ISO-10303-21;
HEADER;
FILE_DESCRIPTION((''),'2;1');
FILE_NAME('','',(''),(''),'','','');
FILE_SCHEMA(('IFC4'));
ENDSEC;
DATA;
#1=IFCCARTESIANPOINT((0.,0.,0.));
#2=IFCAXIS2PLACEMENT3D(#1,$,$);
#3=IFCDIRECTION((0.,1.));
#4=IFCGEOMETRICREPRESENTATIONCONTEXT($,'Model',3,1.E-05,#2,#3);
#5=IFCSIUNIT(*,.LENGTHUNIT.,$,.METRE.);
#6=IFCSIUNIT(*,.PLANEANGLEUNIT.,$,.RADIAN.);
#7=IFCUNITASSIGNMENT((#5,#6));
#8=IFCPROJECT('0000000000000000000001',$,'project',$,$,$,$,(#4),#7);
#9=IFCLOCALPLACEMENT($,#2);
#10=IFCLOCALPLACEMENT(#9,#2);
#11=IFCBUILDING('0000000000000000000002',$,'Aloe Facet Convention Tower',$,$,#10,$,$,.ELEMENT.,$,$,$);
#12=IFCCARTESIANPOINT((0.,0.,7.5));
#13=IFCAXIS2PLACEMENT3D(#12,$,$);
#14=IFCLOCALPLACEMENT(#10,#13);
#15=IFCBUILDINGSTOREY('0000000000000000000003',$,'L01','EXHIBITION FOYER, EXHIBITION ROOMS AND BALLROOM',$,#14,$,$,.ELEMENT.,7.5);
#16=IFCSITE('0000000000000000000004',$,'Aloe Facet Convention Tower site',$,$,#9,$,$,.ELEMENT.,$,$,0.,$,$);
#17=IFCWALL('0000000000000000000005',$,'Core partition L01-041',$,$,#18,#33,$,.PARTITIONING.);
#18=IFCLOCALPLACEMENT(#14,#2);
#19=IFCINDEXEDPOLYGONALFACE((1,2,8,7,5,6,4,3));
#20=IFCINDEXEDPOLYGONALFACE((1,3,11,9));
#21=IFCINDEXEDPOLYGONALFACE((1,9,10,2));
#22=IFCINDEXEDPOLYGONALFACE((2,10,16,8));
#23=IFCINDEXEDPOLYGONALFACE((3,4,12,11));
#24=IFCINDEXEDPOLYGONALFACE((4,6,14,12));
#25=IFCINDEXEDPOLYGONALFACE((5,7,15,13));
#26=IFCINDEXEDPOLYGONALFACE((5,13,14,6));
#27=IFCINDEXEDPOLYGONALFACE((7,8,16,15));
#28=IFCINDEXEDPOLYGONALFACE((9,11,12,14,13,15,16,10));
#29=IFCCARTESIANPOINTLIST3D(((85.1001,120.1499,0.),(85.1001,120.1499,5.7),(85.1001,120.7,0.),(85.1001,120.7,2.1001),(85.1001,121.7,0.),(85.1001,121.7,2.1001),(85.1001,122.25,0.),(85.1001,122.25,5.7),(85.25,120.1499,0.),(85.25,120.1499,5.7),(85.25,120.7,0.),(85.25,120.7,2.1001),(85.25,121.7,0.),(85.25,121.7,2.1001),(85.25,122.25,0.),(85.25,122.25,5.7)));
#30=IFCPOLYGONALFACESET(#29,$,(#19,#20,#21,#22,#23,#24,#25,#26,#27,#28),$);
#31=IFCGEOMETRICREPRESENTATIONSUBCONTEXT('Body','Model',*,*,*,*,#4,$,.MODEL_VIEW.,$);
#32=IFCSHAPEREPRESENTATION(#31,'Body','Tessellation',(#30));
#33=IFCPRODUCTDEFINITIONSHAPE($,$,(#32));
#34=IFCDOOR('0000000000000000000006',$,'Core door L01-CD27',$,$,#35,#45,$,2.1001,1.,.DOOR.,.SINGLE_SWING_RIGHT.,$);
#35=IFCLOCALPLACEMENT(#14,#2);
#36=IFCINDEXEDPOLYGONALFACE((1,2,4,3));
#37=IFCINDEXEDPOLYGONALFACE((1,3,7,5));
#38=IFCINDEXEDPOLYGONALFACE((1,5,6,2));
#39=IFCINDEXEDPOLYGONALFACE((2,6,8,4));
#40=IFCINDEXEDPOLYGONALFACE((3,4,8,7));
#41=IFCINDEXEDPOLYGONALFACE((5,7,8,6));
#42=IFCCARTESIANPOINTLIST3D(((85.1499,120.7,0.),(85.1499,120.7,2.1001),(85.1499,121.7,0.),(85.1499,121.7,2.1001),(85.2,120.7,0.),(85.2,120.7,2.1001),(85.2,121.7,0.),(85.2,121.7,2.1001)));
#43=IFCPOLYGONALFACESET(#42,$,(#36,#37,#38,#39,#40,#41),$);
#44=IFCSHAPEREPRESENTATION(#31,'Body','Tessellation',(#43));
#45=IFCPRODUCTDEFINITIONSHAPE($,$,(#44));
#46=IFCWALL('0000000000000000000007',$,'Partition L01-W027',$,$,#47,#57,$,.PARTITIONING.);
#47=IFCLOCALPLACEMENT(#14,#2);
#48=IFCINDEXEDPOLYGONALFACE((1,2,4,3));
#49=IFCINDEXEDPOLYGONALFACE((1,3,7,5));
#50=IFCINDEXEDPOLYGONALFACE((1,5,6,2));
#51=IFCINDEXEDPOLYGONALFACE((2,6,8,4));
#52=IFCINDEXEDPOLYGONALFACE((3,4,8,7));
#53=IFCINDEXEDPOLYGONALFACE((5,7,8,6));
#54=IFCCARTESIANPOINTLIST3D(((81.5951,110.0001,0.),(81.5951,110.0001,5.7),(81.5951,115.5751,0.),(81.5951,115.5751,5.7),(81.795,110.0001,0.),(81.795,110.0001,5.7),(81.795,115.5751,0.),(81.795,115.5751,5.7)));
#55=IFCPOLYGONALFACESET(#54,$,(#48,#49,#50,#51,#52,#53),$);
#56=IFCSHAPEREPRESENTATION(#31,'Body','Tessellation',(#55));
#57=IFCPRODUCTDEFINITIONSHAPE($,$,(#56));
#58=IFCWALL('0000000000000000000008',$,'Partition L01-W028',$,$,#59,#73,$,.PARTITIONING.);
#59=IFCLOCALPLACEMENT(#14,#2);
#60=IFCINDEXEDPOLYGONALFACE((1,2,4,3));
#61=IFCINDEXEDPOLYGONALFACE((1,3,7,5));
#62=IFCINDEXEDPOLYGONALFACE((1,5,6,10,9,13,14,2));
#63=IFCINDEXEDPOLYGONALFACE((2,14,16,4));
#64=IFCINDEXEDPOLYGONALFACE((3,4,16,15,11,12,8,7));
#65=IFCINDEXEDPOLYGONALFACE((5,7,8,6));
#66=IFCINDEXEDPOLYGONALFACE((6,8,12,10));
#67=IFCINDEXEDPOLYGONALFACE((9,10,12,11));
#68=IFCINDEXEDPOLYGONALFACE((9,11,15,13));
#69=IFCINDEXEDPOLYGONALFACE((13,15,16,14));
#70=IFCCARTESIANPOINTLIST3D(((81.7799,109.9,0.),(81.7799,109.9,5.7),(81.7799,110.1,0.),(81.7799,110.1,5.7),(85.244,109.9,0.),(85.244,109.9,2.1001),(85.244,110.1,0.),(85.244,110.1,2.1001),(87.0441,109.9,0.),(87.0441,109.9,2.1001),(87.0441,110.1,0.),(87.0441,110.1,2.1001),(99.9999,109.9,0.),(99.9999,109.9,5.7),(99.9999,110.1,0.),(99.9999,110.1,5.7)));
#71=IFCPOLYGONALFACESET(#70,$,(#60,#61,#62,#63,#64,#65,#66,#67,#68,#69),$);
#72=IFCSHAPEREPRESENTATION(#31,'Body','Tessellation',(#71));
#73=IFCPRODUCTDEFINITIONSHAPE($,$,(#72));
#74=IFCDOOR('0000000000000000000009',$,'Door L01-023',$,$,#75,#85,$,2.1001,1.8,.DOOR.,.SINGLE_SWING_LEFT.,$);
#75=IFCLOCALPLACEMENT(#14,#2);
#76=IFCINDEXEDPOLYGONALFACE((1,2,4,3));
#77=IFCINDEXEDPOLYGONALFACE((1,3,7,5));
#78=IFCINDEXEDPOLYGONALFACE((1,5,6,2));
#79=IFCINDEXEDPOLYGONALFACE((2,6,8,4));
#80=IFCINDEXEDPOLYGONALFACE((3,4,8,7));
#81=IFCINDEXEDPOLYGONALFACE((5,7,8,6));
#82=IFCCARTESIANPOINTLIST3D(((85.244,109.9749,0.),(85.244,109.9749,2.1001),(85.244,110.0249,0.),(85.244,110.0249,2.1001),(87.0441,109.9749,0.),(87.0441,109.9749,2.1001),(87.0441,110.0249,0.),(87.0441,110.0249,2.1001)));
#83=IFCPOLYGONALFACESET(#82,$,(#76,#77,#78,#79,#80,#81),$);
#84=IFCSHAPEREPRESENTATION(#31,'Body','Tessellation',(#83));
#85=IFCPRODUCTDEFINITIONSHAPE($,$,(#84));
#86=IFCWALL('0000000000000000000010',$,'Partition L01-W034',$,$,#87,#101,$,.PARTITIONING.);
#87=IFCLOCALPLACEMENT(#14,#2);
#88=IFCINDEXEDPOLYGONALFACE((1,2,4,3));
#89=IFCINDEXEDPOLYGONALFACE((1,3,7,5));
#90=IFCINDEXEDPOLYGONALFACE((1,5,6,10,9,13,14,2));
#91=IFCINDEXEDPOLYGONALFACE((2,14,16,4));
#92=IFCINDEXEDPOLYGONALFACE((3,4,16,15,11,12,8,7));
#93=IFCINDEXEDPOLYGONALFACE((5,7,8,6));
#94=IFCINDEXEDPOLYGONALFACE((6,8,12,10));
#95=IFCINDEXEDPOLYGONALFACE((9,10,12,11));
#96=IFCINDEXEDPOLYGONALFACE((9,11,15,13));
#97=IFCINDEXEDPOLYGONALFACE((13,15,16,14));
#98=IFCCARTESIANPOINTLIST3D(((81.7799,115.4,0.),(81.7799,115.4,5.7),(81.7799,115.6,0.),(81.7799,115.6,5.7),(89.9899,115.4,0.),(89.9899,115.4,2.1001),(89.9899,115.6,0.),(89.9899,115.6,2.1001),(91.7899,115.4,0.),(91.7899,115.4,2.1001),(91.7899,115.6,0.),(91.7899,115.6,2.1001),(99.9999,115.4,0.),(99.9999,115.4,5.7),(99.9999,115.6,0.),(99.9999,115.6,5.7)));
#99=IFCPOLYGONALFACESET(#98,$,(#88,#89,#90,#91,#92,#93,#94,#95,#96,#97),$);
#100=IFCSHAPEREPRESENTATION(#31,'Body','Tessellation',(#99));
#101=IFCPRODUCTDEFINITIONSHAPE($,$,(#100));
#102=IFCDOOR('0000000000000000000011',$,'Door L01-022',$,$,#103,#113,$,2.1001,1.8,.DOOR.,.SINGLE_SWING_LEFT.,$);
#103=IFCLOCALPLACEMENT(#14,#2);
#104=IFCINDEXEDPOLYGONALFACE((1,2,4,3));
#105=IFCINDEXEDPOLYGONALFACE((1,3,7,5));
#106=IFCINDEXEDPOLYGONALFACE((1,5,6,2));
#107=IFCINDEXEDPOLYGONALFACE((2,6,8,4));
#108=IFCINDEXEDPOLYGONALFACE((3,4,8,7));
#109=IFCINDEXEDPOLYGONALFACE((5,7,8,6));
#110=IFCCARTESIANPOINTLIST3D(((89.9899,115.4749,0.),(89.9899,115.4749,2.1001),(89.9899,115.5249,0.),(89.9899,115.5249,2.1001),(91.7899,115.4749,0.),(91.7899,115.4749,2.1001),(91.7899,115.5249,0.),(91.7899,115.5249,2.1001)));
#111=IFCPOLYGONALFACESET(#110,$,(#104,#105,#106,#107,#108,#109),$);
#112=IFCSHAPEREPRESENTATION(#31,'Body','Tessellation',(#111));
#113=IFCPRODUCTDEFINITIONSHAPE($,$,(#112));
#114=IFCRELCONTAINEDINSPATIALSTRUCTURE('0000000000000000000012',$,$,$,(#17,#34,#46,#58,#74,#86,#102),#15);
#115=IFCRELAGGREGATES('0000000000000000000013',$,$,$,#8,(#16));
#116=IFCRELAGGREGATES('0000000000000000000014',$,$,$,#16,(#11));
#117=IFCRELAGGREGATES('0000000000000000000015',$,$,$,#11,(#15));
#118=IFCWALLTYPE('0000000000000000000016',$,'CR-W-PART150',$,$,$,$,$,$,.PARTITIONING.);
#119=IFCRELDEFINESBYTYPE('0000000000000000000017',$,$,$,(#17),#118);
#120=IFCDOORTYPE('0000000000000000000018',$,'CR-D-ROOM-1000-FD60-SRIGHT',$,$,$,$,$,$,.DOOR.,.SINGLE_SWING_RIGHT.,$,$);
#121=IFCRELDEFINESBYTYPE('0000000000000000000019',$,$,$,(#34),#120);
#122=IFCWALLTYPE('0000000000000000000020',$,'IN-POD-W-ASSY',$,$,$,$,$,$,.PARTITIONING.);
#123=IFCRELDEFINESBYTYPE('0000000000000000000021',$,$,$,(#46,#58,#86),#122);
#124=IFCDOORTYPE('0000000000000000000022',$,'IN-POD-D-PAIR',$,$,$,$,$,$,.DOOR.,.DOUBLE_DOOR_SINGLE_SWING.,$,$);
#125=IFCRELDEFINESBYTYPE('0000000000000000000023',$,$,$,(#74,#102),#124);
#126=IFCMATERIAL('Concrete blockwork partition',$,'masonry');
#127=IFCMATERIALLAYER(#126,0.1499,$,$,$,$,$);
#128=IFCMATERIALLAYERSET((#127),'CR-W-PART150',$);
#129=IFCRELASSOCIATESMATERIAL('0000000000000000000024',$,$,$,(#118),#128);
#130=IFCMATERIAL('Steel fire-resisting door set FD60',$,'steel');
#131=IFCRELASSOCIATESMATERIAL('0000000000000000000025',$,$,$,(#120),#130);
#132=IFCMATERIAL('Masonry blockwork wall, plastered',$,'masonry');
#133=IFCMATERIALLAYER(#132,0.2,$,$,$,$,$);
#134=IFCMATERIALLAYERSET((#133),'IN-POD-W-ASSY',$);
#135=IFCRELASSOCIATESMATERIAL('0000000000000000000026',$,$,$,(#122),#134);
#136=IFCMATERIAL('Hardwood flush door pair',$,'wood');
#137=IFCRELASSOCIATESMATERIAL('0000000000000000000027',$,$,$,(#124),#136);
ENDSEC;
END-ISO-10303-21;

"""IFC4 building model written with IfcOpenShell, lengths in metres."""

from ifc_helpers import new_model, si_unit, direction, frame, frame_2d, origin, place, context, subcontext, project, spatial, rectangle, extrude, material, layer, layer_set, type_object, element, fill, save


model = new_model("IFC4")

# Units and contexts
model_context = context("Model", 3, precision=1e-05, world=origin(), true_north=direction((0.0, 1.0)))
body_context = subcontext(model_context, "Body", "Model", "MODEL_VIEW")
ifc_project = project(units=[si_unit("LENGTHUNIT", "METRE"), si_unit("PLANEANGLEUNIT", "RADIAN")], contexts=[model_context])

# Site, building, storey
site_placement = place(None, origin())
site = spatial("IfcSite", under=ifc_project, at=site_placement, Name="Aloe Facet Convention Tower site", CompositionType="ELEMENT", RefElevation=0.0)
building_placement = place(site_placement, origin())
building = spatial("IfcBuilding", under=site, at=building_placement, Name="Aloe Facet Convention Tower", CompositionType="ELEMENT")
storey_placement = place(building_placement, frame((0.0, 0.0, 7.5)))
storey = spatial("IfcBuildingStorey", under=building, at=storey_placement, Name="L01", Description="EXHIBITION FOYER, EXHIBITION ROOMS AND BALLROOM", CompositionType="ELEMENT", Elevation=7.5)

# Shared definitions
ifc_material_1 = material(Name="Concrete blockwork partition", Category="masonry")
ifc_layer_1 = layer(ifc_material_1, 0.1499)
ifc_layer_set_1 = layer_set([ifc_layer_1], Name="CR-W-PART150")
wall_type_1 = type_object("IfcWallType", Name="CR-W-PART150", PredefinedType="PARTITIONING", material=ifc_layer_set_1)

# Wall, opening, door
wall_1_placement = place(storey_placement, frame((85.175, 122.25, 0.0), z_axis=(0.0, 0.0, 1.0), x_axis=(0.0, -1.0, 0.0)))
wall_1 = element("IfcWall", 1, at=wall_1_placement, inside=storey, type_object=wall_type_1, Name="Core partition L01-041", PredefinedType="PARTITIONING", context=body_context, shape_type="SweptSolid", body=[
    extrude(rectangle(XDim=2.1001, YDim=0.1499, at=frame_2d((1.05, 0.0))), origin(), (0.0, 0.0, 1.0), 5.7),
])
opening_1_placement = place(wall_1_placement, frame((0.55, 0.0, 0.0)))
opening_1 = element("IfcOpeningElement", 2, at=opening_1_placement, cuts=wall_1, PredefinedType="OPENING", context=body_context, shape_type="SweptSolid", body=[
    extrude(rectangle(XDim=1.0, YDim=2.1001, at=frame_2d((0.5, 1.05))), frame((0.0, 0.085, 0.0), z_axis=(0.0, -1.0, 0.0), x_axis=(1.0, 0.0, 0.0)), (0.0, 0.0, 1.0), 0.1699),
])
ifc_material_2 = material(Name="Steel fire-resisting door set FD60", Category="steel")
door_type_1 = type_object("IfcDoorType", Name="CR-D-ROOM-1000-FD60-SRIGHT", OperationType="SINGLE_SWING_RIGHT", PredefinedType="DOOR", material=ifc_material_2)
door_1_placement = place(opening_1_placement, origin())
door_1 = element("IfcDoor", 3, at=door_1_placement, inside=storey, type_object=door_type_1, Name="Core door L01-CD27", OperationType="SINGLE_SWING_RIGHT", OverallHeight=2.1001, OverallWidth=1.0, PredefinedType="DOOR", context=body_context, shape_type="SweptSolid", body=[
    extrude(rectangle(XDim=1.0, YDim=2.1001, at=frame_2d((0.5, 1.05))), frame((0.0, 0.0249, 0.0), z_axis=(0.0, -1.0, 0.0), x_axis=(1.0, 0.0, 0.0)), (0.0, 0.0, 1.0), 0.05),
])
fill(opening_1, door_1)

# Wall
ifc_material_3 = material(Name="Masonry blockwork wall, plastered", Category="masonry")
ifc_layer_2 = layer(ifc_material_3, 0.2)
ifc_layer_set_2 = layer_set([ifc_layer_2], Name="IN-POD-W-ASSY")
wall_type_2 = type_object("IfcWallType", Name="IN-POD-W-ASSY", PredefinedType="PARTITIONING", material=ifc_layer_set_2)
wall_2_placement = place(storey_placement, frame((81.6951, 110.0, 0.0), z_axis=(0.0, 0.0, 1.0), x_axis=(0.0, 1.0, 0.0)))
element("IfcWall", 4, at=wall_2_placement, inside=storey, type_object=wall_type_2, Name="Partition L01-W027", PredefinedType="PARTITIONING", context=body_context, shape_type="SweptSolid", body=[
    extrude(rectangle(XDim=5.575, YDim=0.2, at=frame_2d((2.7876, 0.0))), origin(), (0.0, 0.0, 1.0), 5.7),
])

# Walls, openings, doors
wall_3_placement = place(storey_placement, frame((81.78, 110.0, 0.0), z_axis=(0.0, 0.0, 1.0), x_axis=(1.0, 0.0, 0.0)))
wall_3 = element("IfcWall", 5, at=wall_3_placement, inside=storey, type_object=wall_type_2, Name="Partition L01-W028", PredefinedType="PARTITIONING", context=body_context, shape_type="SweptSolid", body=[
    extrude(rectangle(XDim=18.22, YDim=0.2, at=frame_2d((9.1099, 0.0))), origin(), (0.0, 0.0, 1.0), 5.7),
])
opening_2_placement = place(wall_3_placement, frame((3.4641, 0.0, 0.0)))
opening_2 = element("IfcOpeningElement", 6, at=opening_2_placement, cuts=wall_3, PredefinedType="OPENING", context=body_context, shape_type="SweptSolid", body=[
    extrude(rectangle(XDim=1.8, YDim=2.1001, at=frame_2d((0.8999, 1.05))), frame((0.0, 0.1099, 0.0), z_axis=(0.0, -1.0, 0.0), x_axis=(1.0, 0.0, 0.0)), (0.0, 0.0, 1.0), 0.22),
])
ifc_material_4 = material(Name="Hardwood flush door pair", Category="wood")
door_type_2 = type_object("IfcDoorType", Name="IN-POD-D-PAIR", OperationType="DOUBLE_DOOR_SINGLE_SWING", PredefinedType="DOOR", material=ifc_material_4)
door_2_placement = place(opening_2_placement, origin())
door_2 = element("IfcDoor", 7, at=door_2_placement, inside=storey, type_object=door_type_2, Name="Door L01-023", OperationType="SINGLE_SWING_LEFT", OverallHeight=2.1001, OverallWidth=1.8, PredefinedType="DOOR", context=body_context, shape_type="SweptSolid", body=[
    extrude(rectangle(XDim=1.8, YDim=2.1001, at=frame_2d((0.8999, 1.05))), frame((0.0, 0.0249, 0.0), z_axis=(0.0, -1.0, 0.0), x_axis=(1.0, 0.0, 0.0)), (0.0, 0.0, 1.0), 0.05),
])
fill(opening_2, door_2)
wall_4_placement = place(storey_placement, frame((81.78, 115.5, 0.0), z_axis=(0.0, 0.0, 1.0), x_axis=(1.0, 0.0, 0.0)))
wall_4 = element("IfcWall", 8, at=wall_4_placement, inside=storey, type_object=wall_type_2, Name="Partition L01-W034", PredefinedType="PARTITIONING", context=body_context, shape_type="SweptSolid", body=[
    extrude(rectangle(XDim=18.22, YDim=0.2, at=frame_2d((9.1099, 0.0))), origin(), (0.0, 0.0, 1.0), 5.7),
])
opening_3_placement = place(wall_4_placement, frame((8.21, 0.0, 0.0)))
opening_3 = element("IfcOpeningElement", 9, at=opening_3_placement, cuts=wall_4, PredefinedType="OPENING", context=body_context, shape_type="SweptSolid", body=[
    extrude(rectangle(XDim=1.8, YDim=2.1001, at=frame_2d((0.8999, 1.05))), frame((0.0, 0.1099, 0.0), z_axis=(0.0, -1.0, 0.0), x_axis=(1.0, 0.0, 0.0)), (0.0, 0.0, 1.0), 0.22),
])
door_3_placement = place(opening_3_placement, origin())
door_3 = element("IfcDoor", 10, at=door_3_placement, inside=storey, type_object=door_type_2, Name="Door L01-022", OperationType="SINGLE_SWING_LEFT", OverallHeight=2.1001, OverallWidth=1.8, PredefinedType="DOOR", context=body_context, shape_type="SweptSolid", body=[
    extrude(rectangle(XDim=1.8, YDim=2.1001, at=frame_2d((0.8999, 1.05))), frame((0.0, 0.0249, 0.0), z_axis=(0.0, -1.0, 0.0), x_axis=(1.0, 0.0, 0.0)), (0.0, 0.0, 1.0), 0.05),
])
fill(opening_3, door_3)

save(model, "model.ifc")
